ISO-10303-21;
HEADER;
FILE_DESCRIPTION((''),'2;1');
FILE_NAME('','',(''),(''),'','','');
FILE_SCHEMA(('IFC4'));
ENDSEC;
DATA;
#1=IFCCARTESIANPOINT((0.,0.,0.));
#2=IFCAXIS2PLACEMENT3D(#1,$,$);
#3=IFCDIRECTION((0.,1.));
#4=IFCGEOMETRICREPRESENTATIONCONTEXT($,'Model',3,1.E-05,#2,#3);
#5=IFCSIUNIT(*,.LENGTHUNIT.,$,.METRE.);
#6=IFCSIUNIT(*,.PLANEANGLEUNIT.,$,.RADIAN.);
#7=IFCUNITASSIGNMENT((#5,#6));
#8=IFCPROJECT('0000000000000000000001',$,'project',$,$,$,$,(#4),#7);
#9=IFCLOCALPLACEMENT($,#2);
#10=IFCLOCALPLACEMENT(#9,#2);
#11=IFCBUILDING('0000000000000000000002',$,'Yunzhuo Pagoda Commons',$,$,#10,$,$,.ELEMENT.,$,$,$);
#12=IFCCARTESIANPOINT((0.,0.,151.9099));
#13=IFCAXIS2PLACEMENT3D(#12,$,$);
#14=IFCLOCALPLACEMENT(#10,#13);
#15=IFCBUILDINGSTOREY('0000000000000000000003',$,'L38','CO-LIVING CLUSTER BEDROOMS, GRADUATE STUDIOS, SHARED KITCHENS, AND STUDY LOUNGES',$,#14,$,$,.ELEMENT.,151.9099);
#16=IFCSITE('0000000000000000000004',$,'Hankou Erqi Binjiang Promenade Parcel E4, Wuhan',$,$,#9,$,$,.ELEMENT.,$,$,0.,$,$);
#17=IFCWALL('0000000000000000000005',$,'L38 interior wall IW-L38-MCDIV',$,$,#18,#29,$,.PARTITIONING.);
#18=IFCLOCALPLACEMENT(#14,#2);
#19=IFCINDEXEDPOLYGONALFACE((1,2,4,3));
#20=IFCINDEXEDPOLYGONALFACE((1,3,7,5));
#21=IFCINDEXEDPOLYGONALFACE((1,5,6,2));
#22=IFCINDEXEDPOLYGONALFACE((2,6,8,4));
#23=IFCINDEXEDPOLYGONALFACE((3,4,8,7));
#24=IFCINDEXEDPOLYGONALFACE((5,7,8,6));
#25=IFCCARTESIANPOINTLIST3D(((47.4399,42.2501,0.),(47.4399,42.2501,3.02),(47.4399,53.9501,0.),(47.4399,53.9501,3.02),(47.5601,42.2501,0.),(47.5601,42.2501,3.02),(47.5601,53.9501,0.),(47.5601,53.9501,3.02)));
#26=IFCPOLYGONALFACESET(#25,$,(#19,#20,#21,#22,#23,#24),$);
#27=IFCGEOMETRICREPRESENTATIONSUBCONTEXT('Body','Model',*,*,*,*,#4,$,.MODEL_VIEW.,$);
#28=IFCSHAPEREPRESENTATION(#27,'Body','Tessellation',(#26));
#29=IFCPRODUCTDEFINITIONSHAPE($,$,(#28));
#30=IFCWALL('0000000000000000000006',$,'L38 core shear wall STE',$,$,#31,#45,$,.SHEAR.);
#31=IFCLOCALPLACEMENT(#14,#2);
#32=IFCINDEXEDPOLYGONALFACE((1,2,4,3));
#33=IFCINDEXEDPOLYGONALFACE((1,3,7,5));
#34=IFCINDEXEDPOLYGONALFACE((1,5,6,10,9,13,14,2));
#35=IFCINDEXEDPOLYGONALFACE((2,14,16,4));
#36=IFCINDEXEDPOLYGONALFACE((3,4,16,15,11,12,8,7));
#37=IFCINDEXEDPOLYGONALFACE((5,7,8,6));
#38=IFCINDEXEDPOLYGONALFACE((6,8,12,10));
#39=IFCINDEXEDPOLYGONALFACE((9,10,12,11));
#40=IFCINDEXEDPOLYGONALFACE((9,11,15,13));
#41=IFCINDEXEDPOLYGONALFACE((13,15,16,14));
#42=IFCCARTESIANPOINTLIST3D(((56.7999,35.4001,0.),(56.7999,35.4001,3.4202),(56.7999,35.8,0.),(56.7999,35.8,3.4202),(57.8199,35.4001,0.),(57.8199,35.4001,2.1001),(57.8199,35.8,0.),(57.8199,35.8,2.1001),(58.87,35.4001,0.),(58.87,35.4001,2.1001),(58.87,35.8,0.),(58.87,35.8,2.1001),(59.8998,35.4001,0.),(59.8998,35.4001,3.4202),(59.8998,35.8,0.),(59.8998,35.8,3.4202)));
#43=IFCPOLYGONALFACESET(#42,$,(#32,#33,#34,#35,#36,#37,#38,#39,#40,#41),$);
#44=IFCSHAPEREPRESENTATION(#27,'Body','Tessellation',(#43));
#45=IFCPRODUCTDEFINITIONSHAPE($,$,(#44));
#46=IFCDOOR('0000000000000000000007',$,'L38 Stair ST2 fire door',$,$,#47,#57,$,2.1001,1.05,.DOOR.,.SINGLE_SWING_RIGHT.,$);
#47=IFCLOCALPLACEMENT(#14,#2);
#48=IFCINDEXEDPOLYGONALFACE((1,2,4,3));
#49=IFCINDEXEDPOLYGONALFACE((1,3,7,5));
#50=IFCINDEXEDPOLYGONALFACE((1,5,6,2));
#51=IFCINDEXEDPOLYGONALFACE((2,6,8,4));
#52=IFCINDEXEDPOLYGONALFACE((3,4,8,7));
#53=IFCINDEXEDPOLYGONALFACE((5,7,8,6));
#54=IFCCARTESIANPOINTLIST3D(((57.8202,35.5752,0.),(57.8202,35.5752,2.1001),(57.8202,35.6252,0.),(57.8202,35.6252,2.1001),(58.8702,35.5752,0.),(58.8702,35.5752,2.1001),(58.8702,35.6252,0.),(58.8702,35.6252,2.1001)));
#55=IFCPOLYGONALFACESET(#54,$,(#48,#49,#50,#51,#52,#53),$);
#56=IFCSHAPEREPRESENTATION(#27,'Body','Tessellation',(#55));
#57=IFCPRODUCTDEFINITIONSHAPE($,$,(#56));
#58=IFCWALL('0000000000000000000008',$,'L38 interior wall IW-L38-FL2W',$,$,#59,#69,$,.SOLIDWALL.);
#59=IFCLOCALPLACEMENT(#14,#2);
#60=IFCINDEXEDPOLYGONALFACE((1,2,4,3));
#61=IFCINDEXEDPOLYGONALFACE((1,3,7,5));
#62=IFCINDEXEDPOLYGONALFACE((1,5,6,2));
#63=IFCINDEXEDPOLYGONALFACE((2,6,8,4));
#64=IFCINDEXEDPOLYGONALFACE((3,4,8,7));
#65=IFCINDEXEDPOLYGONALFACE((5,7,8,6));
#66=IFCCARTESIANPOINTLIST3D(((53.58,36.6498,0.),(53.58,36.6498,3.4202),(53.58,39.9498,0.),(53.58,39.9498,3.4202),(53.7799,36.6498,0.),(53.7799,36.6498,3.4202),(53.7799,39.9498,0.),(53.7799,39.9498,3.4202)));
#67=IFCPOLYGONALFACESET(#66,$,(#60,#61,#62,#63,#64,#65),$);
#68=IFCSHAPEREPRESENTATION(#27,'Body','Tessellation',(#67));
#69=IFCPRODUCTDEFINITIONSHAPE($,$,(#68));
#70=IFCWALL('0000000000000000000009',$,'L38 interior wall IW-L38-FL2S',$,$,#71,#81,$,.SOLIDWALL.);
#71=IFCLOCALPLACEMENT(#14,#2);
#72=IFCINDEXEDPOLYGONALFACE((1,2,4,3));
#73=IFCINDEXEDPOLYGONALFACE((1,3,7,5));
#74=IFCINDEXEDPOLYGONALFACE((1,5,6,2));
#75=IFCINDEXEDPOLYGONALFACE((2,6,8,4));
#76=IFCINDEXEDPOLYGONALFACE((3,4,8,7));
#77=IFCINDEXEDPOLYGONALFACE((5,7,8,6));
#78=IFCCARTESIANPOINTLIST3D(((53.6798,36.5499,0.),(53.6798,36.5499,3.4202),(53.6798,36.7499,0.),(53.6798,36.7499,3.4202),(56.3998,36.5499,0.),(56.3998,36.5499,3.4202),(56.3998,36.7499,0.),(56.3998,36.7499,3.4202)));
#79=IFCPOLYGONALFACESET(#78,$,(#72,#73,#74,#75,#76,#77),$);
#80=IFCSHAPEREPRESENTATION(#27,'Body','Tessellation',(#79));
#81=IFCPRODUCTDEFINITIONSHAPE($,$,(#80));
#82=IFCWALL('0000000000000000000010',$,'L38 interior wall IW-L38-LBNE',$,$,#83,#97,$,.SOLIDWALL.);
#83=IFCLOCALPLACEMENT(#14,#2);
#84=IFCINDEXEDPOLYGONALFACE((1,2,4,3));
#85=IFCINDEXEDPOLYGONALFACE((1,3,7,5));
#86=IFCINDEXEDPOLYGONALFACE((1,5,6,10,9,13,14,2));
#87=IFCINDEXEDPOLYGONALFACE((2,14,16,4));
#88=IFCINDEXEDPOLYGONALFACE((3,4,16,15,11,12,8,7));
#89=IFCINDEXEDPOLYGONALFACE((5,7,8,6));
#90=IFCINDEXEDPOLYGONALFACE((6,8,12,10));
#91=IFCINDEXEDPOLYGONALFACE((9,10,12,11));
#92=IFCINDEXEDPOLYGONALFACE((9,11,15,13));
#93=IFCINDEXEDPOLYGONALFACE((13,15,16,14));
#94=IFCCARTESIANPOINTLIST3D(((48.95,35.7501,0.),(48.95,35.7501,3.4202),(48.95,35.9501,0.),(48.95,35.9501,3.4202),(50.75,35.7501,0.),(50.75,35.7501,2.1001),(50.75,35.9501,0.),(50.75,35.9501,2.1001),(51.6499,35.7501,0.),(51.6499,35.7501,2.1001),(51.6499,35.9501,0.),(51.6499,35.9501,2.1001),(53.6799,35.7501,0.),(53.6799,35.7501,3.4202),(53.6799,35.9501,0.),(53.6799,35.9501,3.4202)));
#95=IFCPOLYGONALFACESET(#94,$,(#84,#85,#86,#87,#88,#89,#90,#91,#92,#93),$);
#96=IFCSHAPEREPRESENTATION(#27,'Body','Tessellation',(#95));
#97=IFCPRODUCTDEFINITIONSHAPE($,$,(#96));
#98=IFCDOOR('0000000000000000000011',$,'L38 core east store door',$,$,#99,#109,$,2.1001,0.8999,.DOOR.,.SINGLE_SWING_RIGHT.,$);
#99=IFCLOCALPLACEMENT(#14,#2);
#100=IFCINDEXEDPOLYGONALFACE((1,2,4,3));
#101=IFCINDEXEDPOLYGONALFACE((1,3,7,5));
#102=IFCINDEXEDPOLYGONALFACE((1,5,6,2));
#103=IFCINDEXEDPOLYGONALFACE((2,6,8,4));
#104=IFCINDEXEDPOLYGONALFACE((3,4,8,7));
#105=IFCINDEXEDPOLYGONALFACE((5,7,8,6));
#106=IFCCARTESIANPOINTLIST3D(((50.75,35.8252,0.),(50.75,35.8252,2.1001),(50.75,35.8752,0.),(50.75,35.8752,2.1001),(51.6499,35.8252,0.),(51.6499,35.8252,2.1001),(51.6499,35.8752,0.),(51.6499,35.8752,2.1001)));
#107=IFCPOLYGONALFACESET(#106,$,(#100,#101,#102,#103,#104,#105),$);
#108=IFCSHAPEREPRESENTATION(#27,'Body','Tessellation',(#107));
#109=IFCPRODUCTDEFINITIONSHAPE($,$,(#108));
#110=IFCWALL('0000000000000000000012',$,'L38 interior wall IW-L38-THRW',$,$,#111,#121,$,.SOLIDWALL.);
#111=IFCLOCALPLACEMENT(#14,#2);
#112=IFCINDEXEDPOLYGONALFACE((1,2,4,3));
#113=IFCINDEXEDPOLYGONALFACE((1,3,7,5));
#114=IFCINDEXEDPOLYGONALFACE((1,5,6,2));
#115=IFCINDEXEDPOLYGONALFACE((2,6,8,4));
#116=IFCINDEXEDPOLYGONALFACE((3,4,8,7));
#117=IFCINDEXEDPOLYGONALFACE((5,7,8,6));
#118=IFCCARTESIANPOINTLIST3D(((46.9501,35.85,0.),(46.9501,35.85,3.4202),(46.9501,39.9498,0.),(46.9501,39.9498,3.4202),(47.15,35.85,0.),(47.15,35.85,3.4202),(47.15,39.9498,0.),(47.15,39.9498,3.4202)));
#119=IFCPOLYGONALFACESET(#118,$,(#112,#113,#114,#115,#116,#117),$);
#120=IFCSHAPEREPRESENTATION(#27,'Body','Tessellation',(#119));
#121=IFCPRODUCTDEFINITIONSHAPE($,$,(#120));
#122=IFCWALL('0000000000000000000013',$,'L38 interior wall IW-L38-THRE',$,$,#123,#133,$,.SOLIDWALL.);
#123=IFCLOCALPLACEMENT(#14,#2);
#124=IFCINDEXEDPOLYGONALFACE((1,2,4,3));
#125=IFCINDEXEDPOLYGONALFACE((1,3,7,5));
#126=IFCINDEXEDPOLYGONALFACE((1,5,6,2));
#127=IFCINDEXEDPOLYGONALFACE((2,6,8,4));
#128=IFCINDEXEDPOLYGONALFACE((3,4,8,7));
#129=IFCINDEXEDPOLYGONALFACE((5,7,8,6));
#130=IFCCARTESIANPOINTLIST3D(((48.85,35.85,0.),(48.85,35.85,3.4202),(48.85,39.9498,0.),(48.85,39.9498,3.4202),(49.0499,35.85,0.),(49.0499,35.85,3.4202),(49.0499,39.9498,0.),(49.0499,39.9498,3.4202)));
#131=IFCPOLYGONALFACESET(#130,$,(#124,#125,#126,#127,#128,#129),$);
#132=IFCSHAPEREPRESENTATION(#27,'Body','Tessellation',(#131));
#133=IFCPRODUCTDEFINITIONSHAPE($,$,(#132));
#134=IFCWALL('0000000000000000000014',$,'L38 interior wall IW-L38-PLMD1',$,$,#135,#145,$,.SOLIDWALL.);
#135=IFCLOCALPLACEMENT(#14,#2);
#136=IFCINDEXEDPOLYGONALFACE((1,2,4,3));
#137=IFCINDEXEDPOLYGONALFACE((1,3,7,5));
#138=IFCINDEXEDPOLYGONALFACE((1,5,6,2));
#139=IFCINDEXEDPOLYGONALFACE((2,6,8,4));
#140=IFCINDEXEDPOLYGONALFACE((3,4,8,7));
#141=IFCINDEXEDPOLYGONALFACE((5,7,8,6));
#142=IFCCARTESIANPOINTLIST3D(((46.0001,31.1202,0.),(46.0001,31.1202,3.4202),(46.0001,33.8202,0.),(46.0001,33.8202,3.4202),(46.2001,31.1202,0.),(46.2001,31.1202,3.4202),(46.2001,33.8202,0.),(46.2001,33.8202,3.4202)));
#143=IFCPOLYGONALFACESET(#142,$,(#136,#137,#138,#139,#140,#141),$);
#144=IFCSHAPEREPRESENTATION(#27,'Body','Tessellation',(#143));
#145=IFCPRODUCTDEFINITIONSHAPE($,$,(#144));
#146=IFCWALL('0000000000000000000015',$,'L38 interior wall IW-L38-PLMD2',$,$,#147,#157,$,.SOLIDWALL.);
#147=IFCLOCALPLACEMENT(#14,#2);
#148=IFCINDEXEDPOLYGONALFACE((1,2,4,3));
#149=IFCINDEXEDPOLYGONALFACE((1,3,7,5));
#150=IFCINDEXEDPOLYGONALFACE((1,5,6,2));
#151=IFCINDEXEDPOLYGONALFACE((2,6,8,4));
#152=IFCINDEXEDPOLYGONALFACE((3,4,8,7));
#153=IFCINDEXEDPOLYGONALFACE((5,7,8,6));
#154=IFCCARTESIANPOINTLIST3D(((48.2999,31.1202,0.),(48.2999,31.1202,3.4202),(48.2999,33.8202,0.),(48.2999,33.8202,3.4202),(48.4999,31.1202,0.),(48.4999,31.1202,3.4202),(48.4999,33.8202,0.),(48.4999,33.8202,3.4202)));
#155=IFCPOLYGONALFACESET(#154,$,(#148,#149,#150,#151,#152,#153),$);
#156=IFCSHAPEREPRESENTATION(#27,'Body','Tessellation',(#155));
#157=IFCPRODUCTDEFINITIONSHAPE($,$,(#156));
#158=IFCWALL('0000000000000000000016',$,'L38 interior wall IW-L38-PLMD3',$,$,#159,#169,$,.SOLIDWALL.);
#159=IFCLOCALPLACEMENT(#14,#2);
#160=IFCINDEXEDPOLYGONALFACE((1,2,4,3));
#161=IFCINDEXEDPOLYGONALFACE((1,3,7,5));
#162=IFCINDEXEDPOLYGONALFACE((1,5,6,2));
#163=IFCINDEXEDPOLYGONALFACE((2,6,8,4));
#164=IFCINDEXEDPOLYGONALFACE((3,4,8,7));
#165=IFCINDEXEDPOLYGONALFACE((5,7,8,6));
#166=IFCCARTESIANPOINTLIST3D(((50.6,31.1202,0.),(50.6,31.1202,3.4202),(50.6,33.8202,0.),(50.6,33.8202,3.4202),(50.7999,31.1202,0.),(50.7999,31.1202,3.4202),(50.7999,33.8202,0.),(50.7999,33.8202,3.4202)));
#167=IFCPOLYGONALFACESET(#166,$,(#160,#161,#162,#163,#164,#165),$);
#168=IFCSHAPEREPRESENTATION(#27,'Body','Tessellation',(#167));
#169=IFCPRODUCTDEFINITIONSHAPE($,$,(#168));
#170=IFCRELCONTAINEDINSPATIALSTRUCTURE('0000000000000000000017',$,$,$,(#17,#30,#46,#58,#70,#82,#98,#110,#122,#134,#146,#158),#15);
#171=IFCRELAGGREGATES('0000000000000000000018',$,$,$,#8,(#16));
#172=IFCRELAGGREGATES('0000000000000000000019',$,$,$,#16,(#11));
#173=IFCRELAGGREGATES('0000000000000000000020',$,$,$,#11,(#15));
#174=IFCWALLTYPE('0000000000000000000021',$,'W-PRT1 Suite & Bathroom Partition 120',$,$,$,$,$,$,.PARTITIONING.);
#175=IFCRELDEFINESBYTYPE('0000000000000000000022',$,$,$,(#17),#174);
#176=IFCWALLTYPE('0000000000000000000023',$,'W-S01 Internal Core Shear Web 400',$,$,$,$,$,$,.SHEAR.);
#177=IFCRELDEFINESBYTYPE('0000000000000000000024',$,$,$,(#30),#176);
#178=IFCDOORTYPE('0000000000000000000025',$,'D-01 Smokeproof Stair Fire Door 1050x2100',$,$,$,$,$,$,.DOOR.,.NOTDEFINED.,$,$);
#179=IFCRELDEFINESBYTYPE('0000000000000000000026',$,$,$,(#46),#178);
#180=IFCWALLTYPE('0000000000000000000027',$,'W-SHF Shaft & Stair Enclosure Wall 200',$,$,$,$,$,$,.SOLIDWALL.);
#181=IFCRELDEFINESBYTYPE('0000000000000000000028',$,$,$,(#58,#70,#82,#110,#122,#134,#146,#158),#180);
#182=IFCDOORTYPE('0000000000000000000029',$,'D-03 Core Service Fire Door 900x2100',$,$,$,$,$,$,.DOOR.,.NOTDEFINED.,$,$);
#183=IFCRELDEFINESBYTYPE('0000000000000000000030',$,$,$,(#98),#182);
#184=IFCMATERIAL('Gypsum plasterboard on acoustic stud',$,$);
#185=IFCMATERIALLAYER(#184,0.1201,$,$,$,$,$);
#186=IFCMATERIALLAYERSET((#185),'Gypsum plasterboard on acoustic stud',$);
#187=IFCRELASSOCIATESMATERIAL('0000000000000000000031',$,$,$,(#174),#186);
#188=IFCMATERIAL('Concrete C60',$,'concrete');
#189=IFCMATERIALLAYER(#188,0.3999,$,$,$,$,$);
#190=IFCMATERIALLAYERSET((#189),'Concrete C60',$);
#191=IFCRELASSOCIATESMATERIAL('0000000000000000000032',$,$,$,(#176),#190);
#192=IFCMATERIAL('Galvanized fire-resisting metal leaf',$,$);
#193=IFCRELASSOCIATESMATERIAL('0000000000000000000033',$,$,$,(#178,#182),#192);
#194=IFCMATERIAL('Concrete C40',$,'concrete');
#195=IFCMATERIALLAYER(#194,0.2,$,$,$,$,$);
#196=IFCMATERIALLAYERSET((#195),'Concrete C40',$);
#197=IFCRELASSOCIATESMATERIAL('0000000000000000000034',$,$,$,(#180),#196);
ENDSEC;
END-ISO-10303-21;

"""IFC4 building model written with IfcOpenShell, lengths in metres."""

from ifc_helpers import new_model, si_unit, direction, frame, frame_2d, origin, place, context, subcontext, project, spatial, rectangle, extrude, source, transform, mapped, material, layer, layer_set, type_object, element, fill, save


model = new_model("IFC4")

# Units and contexts
model_context = context("Model", 3, precision=1e-05, world=origin(), true_north=direction((0.0, 1.0)))
body_context = subcontext(model_context, "Body", "Model", "MODEL_VIEW")
ifc_project = project(units=[si_unit("LENGTHUNIT", "METRE"), si_unit("PLANEANGLEUNIT", "RADIAN")], contexts=[model_context])

# Site, building, storey
site_placement = place(None, origin())
site = spatial("IfcSite", under=ifc_project, at=site_placement, Name="Hankou Erqi Binjiang Promenade Parcel E4, Wuhan", CompositionType="ELEMENT", RefElevation=0.0)
building_placement = place(site_placement, origin())
building = spatial("IfcBuilding", under=site, at=building_placement, Name="Yunzhuo Pagoda Commons", CompositionType="ELEMENT")
storey_placement = place(building_placement, frame((0.0, 0.0, 151.9099)))
storey = spatial("IfcBuildingStorey", under=building, at=storey_placement, Name="L38", Description="CO-LIVING CLUSTER BEDROOMS, GRADUATE STUDIOS, SHARED KITCHENS, AND STUDY LOUNGES", CompositionType="ELEMENT", Elevation=151.9099)

# Shared definitions
ifc_material_1 = material(Name="Concrete C60", Category="concrete")
ifc_material_2 = material(Name="Galvanized fire-resisting metal leaf")
shared_shape_1 = source(origin(), body_context, "Body", "SweptSolid", [
    extrude(rectangle(XDim=1.05, YDim=2.1001, at=frame_2d((0.5249, 1.05))), frame((0.0, 0.0249, 0.0), z_axis=(0.0, -1.0, 0.0), x_axis=(1.0, 0.0, 0.0)), (0.0, 0.0, 1.0), 0.05),
])

# Wall
ifc_material_3 = material(Name="Gypsum plasterboard on acoustic stud")
ifc_layer_1 = layer(ifc_material_3, 0.1201)
ifc_layer_set_1 = layer_set([ifc_layer_1], Name="Gypsum plasterboard on acoustic stud")
wall_type_1 = type_object("IfcWallType", Name="W-PRT1 Suite & Bathroom Partition 120", PredefinedType="PARTITIONING", material=ifc_layer_set_1)
wall_1_placement = place(storey_placement, frame((47.5, 42.25, 0.0), z_axis=(0.0, 0.0, 1.0), x_axis=(0.0, 1.0, 0.0)))
element("IfcWall", 1, at=wall_1_placement, inside=storey, type_object=wall_type_1, Name="L38 interior wall IW-L38-MCDIV", PredefinedType="PARTITIONING", context=body_context, shape_type="SweptSolid", body=[
    extrude(rectangle(XDim=11.7, YDim=0.1201, at=frame_2d((5.8501, 0.0))), origin(), (0.0, 0.0, 1.0), 3.02),
])

# Wall, opening, door
ifc_layer_2 = layer(ifc_material_1, 0.3999)
ifc_layer_set_2 = layer_set([ifc_layer_2], Name="Concrete C60")
wall_type_2 = type_object("IfcWallType", Name="W-S01 Internal Core Shear Web 400", PredefinedType="SHEAR", material=ifc_layer_set_2)
wall_2_placement = place(storey_placement, frame((56.8, 35.6001, 0.0), z_axis=(0.0, 0.0, 1.0), x_axis=(1.0, 0.0, 0.0)))
wall_2 = element("IfcWall", 2, at=wall_2_placement, inside=storey, type_object=wall_type_2, Name="L38 core shear wall STE", PredefinedType="SHEAR", context=body_context, shape_type="SweptSolid", body=[
    extrude(rectangle(XDim=3.0999, YDim=0.3999, at=frame_2d((1.5498, 0.0))), origin(), (0.0, 0.0, 1.0), 3.4202),
])
opening_1_placement = place(wall_2_placement, frame((1.02, 0.0, 0.0)))
opening_1 = element("IfcOpeningElement", 3, at=opening_1_placement, cuts=wall_2, PredefinedType="OPENING", context=body_context, shape_type="SweptSolid", body=[
    extrude(rectangle(XDim=1.05, YDim=2.1001, at=frame_2d((0.5249, 1.05))), frame((0.0, 0.21, 0.0), z_axis=(0.0, -1.0, 0.0), x_axis=(1.0, 0.0, 0.0)), (0.0, 0.0, 1.0), 0.4199),
])
door_type_1 = type_object("IfcDoorType", Name="D-01 Smokeproof Stair Fire Door 1050x2100", OperationType="NOTDEFINED", PredefinedType="DOOR", material=ifc_material_2)
door_1_placement = place(opening_1_placement, frame((1.05, 0.0, 0.0), z_axis=(0.0, 0.0, 1.0), x_axis=(-1.0, 0.0, 0.0)))
door_1 = element("IfcDoor", 4, at=door_1_placement, inside=storey, type_object=door_type_1, Name="L38 Stair ST2 fire door", OperationType="SINGLE_SWING_RIGHT", OverallHeight=2.1001, OverallWidth=1.05, PredefinedType="DOOR", context=body_context, shape_type="MappedRepresentation", body=[
    mapped(shared_shape_1, transform((0.0, 0.0, 0.0), scale=1.0)),
])
fill(opening_1, door_1)

# Walls
ifc_material_4 = material(Name="Concrete C40", Category="concrete")
ifc_layer_3 = layer(ifc_material_4, 0.2)
ifc_layer_set_3 = layer_set([ifc_layer_3], Name="Concrete C40")
wall_type_3 = type_object("IfcWallType", Name="W-SHF Shaft & Stair Enclosure Wall 200", PredefinedType="SOLIDWALL", material=ifc_layer_set_3)
wall_3_placement = place(storey_placement, frame((53.6799, 36.6499, 0.0), z_axis=(0.0, 0.0, 1.0), x_axis=(0.0, 1.0, 0.0)))
element("IfcWall", 5, at=wall_3_placement, inside=storey, type_object=wall_type_3, Name="L38 interior wall IW-L38-FL2W", PredefinedType="SOLIDWALL", context=body_context, shape_type="SweptSolid", body=[
    extrude(rectangle(XDim=3.3, YDim=0.2, at=frame_2d((1.6499, 0.0))), origin(), (0.0, 0.0, 1.0), 3.4202),
])
wall_4_placement = place(storey_placement, frame((53.6799, 36.6499, 0.0), z_axis=(0.0, 0.0, 1.0), x_axis=(1.0, 0.0, 0.0)))
element("IfcWall", 6, at=wall_4_placement, inside=storey, type_object=wall_type_3, Name="L38 interior wall IW-L38-FL2S", PredefinedType="SOLIDWALL", context=body_context, shape_type="SweptSolid", body=[
    extrude(rectangle(XDim=2.72, YDim=0.2, at=frame_2d((1.3599, 0.0))), origin(), (0.0, 0.0, 1.0), 3.4202),
])

# Wall, opening, door
wall_5_placement = place(storey_placement, frame((48.95, 35.8501, 0.0), z_axis=(0.0, 0.0, 1.0), x_axis=(1.0, 0.0, 0.0)))
wall_5 = element("IfcWall", 7, at=wall_5_placement, inside=storey, type_object=wall_type_3, Name="L38 interior wall IW-L38-LBNE", PredefinedType="SOLIDWALL", context=body_context, shape_type="SweptSolid", body=[
    extrude(rectangle(XDim=4.73, YDim=0.2, at=frame_2d((2.365, 0.0))), origin(), (0.0, 0.0, 1.0), 3.4202),
])
opening_2_placement = place(wall_5_placement, frame((1.8, 0.0, 0.0)))
opening_2 = element("IfcOpeningElement", 8, at=opening_2_placement, cuts=wall_5, PredefinedType="OPENING", context=body_context, shape_type="SweptSolid", body=[
    extrude(rectangle(XDim=0.8999, YDim=2.1001, at=frame_2d((0.45, 1.05))), frame((0.0, 0.1099, 0.0), z_axis=(0.0, -1.0, 0.0), x_axis=(1.0, 0.0, 0.0)), (0.0, 0.0, 1.0), 0.22),
])
door_type_2 = type_object("IfcDoorType", Name="D-03 Core Service Fire Door 900x2100", OperationType="NOTDEFINED", PredefinedType="DOOR", material=ifc_material_2)
shared_shape_2 = source(origin(), body_context, "Body", "SweptSolid", [
    extrude(rectangle(XDim=0.8999, YDim=2.1001, at=frame_2d((0.45, 1.05))), frame((0.0, 0.0249, 0.0), z_axis=(0.0, -1.0, 0.0), x_axis=(1.0, 0.0, 0.0)), (0.0, 0.0, 1.0), 0.05),
])
door_2_placement = place(opening_2_placement, frame((0.8999, 0.0, 0.0), z_axis=(0.0, 0.0, 1.0), x_axis=(-1.0, 0.0, 0.0)))
door_2 = element("IfcDoor", 9, at=door_2_placement, inside=storey, type_object=door_type_2, Name="L38 core east store door", OperationType="SINGLE_SWING_RIGHT", OverallHeight=2.1001, OverallWidth=0.8999, PredefinedType="DOOR", context=body_context, shape_type="MappedRepresentation", body=[
    mapped(shared_shape_2, transform((0.0, 0.0, 0.0), scale=1.0)),
])
fill(opening_2, door_2)

# Walls
for number, where, z_axis, x_axis, name in (
    (10, (47.05, 35.8501, 0.0), (0.0, 0.0, 1.0), (0.0, 1.0, 0.0), "L38 interior wall IW-L38-THRW"),
    (11, (48.95, 35.8501, 0.0), (0.0, 0.0, 1.0), (0.0, 1.0, 0.0), "L38 interior wall IW-L38-THRE"),
):
    element("IfcWall", number, at=place(storey_placement, frame(where, z_axis=z_axis, x_axis=x_axis)), inside=storey, type_object=wall_type_3, Name=name, PredefinedType="SOLIDWALL", context=body_context, shape_type="SweptSolid", body=[
        extrude(rectangle(XDim=4.0999, YDim=0.2, at=frame_2d((2.0498, 0.0))), origin(), (0.0, 0.0, 1.0), 3.4202),
    ])
for number, where, z_axis, x_axis, name in (
    (12, (46.1001, 31.1201, 0.0), (0.0, 0.0, 1.0), (0.0, 1.0, 0.0), "L38 interior wall IW-L38-PLMD1"),
    (13, (48.3999, 31.1201, 0.0), (0.0, 0.0, 1.0), (0.0, 1.0, 0.0), "L38 interior wall IW-L38-PLMD2"),
    (14, (50.7, 31.1201, 0.0), (0.0, 0.0, 1.0), (0.0, 1.0, 0.0), "L38 interior wall IW-L38-PLMD3"),
):
    element("IfcWall", number, at=place(storey_placement, frame(where, z_axis=z_axis, x_axis=x_axis)), inside=storey, type_object=wall_type_3, Name=name, PredefinedType="SOLIDWALL", context=body_context, shape_type="SweptSolid", body=[
        extrude(rectangle(XDim=2.7, YDim=0.2, at=frame_2d((1.3501, 0.0))), origin(), (0.0, 0.0, 1.0), 3.4202),
    ])

save(model, "model.ifc")
